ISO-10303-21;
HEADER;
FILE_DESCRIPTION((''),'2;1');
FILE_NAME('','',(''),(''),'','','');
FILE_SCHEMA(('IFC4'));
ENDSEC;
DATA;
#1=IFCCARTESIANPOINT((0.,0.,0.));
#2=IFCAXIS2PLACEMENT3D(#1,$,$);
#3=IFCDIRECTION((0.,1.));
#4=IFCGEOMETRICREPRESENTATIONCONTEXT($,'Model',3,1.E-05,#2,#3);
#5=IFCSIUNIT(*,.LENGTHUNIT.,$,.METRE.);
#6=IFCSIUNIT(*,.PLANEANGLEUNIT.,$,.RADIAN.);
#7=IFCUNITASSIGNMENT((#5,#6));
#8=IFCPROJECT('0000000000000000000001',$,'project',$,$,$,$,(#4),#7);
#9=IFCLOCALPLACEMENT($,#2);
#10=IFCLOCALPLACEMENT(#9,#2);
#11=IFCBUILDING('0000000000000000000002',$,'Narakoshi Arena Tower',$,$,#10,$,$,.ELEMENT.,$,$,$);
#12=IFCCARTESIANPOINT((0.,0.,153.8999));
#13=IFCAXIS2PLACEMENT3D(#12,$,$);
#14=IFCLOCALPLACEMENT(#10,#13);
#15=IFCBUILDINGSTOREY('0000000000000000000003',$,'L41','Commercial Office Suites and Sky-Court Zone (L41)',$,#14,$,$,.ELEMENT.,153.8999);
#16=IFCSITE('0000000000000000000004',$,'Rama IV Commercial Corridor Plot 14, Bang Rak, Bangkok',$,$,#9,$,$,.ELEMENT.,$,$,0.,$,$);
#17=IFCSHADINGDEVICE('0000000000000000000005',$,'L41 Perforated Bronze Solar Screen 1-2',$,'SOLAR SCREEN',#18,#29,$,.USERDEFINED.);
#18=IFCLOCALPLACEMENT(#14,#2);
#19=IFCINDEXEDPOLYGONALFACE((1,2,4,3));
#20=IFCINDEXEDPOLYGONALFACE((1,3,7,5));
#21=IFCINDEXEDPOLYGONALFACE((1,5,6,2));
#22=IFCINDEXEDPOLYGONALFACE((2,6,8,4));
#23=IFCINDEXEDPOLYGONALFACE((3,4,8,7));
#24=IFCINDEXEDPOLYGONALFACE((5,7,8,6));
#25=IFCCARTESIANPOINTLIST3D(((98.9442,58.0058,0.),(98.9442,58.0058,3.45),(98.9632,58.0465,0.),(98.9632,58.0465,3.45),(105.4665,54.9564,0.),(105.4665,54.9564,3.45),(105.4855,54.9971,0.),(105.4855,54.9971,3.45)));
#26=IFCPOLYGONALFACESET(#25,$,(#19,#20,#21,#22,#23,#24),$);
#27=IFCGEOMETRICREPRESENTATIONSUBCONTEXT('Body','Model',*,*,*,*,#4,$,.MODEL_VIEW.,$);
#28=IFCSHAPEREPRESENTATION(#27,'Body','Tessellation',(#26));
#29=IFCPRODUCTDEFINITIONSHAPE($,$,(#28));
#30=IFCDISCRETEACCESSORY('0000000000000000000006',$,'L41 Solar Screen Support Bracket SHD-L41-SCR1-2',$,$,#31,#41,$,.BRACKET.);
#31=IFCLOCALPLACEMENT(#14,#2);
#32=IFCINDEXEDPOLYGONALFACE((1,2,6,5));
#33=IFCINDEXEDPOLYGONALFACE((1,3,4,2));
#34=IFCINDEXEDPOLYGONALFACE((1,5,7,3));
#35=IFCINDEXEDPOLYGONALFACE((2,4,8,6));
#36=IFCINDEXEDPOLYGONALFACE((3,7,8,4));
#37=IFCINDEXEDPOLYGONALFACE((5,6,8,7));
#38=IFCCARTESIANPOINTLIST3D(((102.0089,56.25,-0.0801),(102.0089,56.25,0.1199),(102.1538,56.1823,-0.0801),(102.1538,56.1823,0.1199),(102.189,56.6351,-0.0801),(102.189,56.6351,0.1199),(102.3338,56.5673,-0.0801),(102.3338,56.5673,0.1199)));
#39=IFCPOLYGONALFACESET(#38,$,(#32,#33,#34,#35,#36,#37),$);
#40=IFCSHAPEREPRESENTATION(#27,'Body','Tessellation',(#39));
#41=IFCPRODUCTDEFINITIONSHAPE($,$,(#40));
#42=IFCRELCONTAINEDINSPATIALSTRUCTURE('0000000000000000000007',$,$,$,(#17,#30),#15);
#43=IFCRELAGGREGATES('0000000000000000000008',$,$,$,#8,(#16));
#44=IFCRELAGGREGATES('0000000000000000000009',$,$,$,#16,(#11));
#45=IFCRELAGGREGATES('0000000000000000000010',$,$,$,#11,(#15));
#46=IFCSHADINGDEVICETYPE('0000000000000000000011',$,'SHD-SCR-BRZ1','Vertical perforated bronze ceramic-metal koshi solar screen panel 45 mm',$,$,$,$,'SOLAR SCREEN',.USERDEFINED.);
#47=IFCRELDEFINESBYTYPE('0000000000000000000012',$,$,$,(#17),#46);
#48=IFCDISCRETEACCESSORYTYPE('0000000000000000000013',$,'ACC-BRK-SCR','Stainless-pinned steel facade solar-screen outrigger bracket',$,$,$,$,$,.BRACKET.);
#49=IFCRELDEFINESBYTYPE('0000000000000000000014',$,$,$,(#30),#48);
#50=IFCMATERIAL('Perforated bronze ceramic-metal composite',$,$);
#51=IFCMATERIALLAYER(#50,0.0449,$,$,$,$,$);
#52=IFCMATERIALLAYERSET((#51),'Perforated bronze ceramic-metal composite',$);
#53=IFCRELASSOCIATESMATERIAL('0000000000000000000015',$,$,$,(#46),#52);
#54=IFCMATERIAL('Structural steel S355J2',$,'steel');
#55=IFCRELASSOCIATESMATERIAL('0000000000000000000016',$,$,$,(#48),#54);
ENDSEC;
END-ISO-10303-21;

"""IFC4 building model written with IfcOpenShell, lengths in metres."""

from ifc_helpers import new_model, si_unit, direction, frame, origin, origin_2d, place, context, subcontext, project, spatial, rectangle, extrude, material, layer, layer_set, type_object, element, save


model = new_model("IFC4")

# Units and contexts
model_context = context("Model", 3, precision=1e-05, world=origin(), true_north=direction((0.0, 1.0)))
body_context = subcontext(model_context, "Body", "Model", "MODEL_VIEW")
ifc_project = project(units=[si_unit("LENGTHUNIT", "METRE"), si_unit("PLANEANGLEUNIT", "RADIAN")], contexts=[model_context])

# Site, building, storey
site_placement = place(None, origin())
site = spatial("IfcSite", under=ifc_project, at=site_placement, Name="Rama IV Commercial Corridor Plot 14, Bang Rak, Bangkok", CompositionType="ELEMENT", RefElevation=0.0)
building_placement = place(site_placement, origin())
building = spatial("IfcBuilding", under=site, at=building_placement, Name="Narakoshi Arena Tower", CompositionType="ELEMENT")
storey_placement = place(building_placement, frame((0.0, 0.0, 153.8999)))
storey = spatial("IfcBuildingStorey", under=building, at=storey_placement, Name="L41", Description="Commercial Office Suites and Sky-Court Zone (L41)", CompositionType="ELEMENT", Elevation=153.8999)

# Shared definitions
ifc_material_1 = material(Name="Structural steel S355J2", Category="steel")

# Shading device
ifc_material_2 = material(Name="Perforated bronze ceramic-metal composite")
ifc_layer_1 = layer(ifc_material_2, 0.0449)
ifc_layer_set_1 = layer_set([ifc_layer_1], Name="Perforated bronze ceramic-metal composite")
shading_device_type = type_object("IfcShadingDeviceType", Name="SHD-SCR-BRZ1", Description="Vertical perforated bronze ceramic-metal koshi solar screen panel 45 mm", ElementType="SOLAR SCREEN", PredefinedType="USERDEFINED", material=ifc_layer_set_1)
shading_device_placement = place(storey_placement, frame((102.2148, 56.5015, 0.0), z_axis=(0.0, 0.0, 1.0), x_axis=(-0.90588, 0.423535, 0.0)))
element("IfcShadingDevice", 1, at=shading_device_placement, inside=storey, type_object=shading_device_type, Name="L41 Perforated Bronze Solar Screen 1-2", ObjectType="SOLAR SCREEN", PredefinedType="USERDEFINED", context=body_context, shape_type="SweptSolid", body=[
    extrude(rectangle(XDim=7.2, YDim=0.0449, at=origin_2d()), origin(), (0.0, 0.0, 1.0), 3.45),
])

# Discrete accessory
discrete_accessory_type = type_object("IfcDiscreteAccessoryType", Name="ACC-BRK-SCR", Description="Stainless-pinned steel facade solar-screen outrigger bracket", PredefinedType="BRACKET", material=ifc_material_1)
discrete_accessory_placement = place(storey_placement, frame((102.1714, 56.4087, -0.0801), z_axis=(0.0, 0.0, 1.0), x_axis=(-0.90588, 0.423535, 0.0)))
element("IfcDiscreteAccessory", 2, at=discrete_accessory_placement, inside=storey, type_object=discrete_accessory_type, Name="L41 Solar Screen Support Bracket SHD-L41-SCR1-2", PredefinedType="BRACKET", context=body_context, shape_type="SweptSolid", body=[
    extrude(rectangle(XDim=0.1599, YDim=0.425, at=origin_2d()), origin(), (0.0, 0.0, 1.0), 0.2),
])

save(model, "model.ifc")
